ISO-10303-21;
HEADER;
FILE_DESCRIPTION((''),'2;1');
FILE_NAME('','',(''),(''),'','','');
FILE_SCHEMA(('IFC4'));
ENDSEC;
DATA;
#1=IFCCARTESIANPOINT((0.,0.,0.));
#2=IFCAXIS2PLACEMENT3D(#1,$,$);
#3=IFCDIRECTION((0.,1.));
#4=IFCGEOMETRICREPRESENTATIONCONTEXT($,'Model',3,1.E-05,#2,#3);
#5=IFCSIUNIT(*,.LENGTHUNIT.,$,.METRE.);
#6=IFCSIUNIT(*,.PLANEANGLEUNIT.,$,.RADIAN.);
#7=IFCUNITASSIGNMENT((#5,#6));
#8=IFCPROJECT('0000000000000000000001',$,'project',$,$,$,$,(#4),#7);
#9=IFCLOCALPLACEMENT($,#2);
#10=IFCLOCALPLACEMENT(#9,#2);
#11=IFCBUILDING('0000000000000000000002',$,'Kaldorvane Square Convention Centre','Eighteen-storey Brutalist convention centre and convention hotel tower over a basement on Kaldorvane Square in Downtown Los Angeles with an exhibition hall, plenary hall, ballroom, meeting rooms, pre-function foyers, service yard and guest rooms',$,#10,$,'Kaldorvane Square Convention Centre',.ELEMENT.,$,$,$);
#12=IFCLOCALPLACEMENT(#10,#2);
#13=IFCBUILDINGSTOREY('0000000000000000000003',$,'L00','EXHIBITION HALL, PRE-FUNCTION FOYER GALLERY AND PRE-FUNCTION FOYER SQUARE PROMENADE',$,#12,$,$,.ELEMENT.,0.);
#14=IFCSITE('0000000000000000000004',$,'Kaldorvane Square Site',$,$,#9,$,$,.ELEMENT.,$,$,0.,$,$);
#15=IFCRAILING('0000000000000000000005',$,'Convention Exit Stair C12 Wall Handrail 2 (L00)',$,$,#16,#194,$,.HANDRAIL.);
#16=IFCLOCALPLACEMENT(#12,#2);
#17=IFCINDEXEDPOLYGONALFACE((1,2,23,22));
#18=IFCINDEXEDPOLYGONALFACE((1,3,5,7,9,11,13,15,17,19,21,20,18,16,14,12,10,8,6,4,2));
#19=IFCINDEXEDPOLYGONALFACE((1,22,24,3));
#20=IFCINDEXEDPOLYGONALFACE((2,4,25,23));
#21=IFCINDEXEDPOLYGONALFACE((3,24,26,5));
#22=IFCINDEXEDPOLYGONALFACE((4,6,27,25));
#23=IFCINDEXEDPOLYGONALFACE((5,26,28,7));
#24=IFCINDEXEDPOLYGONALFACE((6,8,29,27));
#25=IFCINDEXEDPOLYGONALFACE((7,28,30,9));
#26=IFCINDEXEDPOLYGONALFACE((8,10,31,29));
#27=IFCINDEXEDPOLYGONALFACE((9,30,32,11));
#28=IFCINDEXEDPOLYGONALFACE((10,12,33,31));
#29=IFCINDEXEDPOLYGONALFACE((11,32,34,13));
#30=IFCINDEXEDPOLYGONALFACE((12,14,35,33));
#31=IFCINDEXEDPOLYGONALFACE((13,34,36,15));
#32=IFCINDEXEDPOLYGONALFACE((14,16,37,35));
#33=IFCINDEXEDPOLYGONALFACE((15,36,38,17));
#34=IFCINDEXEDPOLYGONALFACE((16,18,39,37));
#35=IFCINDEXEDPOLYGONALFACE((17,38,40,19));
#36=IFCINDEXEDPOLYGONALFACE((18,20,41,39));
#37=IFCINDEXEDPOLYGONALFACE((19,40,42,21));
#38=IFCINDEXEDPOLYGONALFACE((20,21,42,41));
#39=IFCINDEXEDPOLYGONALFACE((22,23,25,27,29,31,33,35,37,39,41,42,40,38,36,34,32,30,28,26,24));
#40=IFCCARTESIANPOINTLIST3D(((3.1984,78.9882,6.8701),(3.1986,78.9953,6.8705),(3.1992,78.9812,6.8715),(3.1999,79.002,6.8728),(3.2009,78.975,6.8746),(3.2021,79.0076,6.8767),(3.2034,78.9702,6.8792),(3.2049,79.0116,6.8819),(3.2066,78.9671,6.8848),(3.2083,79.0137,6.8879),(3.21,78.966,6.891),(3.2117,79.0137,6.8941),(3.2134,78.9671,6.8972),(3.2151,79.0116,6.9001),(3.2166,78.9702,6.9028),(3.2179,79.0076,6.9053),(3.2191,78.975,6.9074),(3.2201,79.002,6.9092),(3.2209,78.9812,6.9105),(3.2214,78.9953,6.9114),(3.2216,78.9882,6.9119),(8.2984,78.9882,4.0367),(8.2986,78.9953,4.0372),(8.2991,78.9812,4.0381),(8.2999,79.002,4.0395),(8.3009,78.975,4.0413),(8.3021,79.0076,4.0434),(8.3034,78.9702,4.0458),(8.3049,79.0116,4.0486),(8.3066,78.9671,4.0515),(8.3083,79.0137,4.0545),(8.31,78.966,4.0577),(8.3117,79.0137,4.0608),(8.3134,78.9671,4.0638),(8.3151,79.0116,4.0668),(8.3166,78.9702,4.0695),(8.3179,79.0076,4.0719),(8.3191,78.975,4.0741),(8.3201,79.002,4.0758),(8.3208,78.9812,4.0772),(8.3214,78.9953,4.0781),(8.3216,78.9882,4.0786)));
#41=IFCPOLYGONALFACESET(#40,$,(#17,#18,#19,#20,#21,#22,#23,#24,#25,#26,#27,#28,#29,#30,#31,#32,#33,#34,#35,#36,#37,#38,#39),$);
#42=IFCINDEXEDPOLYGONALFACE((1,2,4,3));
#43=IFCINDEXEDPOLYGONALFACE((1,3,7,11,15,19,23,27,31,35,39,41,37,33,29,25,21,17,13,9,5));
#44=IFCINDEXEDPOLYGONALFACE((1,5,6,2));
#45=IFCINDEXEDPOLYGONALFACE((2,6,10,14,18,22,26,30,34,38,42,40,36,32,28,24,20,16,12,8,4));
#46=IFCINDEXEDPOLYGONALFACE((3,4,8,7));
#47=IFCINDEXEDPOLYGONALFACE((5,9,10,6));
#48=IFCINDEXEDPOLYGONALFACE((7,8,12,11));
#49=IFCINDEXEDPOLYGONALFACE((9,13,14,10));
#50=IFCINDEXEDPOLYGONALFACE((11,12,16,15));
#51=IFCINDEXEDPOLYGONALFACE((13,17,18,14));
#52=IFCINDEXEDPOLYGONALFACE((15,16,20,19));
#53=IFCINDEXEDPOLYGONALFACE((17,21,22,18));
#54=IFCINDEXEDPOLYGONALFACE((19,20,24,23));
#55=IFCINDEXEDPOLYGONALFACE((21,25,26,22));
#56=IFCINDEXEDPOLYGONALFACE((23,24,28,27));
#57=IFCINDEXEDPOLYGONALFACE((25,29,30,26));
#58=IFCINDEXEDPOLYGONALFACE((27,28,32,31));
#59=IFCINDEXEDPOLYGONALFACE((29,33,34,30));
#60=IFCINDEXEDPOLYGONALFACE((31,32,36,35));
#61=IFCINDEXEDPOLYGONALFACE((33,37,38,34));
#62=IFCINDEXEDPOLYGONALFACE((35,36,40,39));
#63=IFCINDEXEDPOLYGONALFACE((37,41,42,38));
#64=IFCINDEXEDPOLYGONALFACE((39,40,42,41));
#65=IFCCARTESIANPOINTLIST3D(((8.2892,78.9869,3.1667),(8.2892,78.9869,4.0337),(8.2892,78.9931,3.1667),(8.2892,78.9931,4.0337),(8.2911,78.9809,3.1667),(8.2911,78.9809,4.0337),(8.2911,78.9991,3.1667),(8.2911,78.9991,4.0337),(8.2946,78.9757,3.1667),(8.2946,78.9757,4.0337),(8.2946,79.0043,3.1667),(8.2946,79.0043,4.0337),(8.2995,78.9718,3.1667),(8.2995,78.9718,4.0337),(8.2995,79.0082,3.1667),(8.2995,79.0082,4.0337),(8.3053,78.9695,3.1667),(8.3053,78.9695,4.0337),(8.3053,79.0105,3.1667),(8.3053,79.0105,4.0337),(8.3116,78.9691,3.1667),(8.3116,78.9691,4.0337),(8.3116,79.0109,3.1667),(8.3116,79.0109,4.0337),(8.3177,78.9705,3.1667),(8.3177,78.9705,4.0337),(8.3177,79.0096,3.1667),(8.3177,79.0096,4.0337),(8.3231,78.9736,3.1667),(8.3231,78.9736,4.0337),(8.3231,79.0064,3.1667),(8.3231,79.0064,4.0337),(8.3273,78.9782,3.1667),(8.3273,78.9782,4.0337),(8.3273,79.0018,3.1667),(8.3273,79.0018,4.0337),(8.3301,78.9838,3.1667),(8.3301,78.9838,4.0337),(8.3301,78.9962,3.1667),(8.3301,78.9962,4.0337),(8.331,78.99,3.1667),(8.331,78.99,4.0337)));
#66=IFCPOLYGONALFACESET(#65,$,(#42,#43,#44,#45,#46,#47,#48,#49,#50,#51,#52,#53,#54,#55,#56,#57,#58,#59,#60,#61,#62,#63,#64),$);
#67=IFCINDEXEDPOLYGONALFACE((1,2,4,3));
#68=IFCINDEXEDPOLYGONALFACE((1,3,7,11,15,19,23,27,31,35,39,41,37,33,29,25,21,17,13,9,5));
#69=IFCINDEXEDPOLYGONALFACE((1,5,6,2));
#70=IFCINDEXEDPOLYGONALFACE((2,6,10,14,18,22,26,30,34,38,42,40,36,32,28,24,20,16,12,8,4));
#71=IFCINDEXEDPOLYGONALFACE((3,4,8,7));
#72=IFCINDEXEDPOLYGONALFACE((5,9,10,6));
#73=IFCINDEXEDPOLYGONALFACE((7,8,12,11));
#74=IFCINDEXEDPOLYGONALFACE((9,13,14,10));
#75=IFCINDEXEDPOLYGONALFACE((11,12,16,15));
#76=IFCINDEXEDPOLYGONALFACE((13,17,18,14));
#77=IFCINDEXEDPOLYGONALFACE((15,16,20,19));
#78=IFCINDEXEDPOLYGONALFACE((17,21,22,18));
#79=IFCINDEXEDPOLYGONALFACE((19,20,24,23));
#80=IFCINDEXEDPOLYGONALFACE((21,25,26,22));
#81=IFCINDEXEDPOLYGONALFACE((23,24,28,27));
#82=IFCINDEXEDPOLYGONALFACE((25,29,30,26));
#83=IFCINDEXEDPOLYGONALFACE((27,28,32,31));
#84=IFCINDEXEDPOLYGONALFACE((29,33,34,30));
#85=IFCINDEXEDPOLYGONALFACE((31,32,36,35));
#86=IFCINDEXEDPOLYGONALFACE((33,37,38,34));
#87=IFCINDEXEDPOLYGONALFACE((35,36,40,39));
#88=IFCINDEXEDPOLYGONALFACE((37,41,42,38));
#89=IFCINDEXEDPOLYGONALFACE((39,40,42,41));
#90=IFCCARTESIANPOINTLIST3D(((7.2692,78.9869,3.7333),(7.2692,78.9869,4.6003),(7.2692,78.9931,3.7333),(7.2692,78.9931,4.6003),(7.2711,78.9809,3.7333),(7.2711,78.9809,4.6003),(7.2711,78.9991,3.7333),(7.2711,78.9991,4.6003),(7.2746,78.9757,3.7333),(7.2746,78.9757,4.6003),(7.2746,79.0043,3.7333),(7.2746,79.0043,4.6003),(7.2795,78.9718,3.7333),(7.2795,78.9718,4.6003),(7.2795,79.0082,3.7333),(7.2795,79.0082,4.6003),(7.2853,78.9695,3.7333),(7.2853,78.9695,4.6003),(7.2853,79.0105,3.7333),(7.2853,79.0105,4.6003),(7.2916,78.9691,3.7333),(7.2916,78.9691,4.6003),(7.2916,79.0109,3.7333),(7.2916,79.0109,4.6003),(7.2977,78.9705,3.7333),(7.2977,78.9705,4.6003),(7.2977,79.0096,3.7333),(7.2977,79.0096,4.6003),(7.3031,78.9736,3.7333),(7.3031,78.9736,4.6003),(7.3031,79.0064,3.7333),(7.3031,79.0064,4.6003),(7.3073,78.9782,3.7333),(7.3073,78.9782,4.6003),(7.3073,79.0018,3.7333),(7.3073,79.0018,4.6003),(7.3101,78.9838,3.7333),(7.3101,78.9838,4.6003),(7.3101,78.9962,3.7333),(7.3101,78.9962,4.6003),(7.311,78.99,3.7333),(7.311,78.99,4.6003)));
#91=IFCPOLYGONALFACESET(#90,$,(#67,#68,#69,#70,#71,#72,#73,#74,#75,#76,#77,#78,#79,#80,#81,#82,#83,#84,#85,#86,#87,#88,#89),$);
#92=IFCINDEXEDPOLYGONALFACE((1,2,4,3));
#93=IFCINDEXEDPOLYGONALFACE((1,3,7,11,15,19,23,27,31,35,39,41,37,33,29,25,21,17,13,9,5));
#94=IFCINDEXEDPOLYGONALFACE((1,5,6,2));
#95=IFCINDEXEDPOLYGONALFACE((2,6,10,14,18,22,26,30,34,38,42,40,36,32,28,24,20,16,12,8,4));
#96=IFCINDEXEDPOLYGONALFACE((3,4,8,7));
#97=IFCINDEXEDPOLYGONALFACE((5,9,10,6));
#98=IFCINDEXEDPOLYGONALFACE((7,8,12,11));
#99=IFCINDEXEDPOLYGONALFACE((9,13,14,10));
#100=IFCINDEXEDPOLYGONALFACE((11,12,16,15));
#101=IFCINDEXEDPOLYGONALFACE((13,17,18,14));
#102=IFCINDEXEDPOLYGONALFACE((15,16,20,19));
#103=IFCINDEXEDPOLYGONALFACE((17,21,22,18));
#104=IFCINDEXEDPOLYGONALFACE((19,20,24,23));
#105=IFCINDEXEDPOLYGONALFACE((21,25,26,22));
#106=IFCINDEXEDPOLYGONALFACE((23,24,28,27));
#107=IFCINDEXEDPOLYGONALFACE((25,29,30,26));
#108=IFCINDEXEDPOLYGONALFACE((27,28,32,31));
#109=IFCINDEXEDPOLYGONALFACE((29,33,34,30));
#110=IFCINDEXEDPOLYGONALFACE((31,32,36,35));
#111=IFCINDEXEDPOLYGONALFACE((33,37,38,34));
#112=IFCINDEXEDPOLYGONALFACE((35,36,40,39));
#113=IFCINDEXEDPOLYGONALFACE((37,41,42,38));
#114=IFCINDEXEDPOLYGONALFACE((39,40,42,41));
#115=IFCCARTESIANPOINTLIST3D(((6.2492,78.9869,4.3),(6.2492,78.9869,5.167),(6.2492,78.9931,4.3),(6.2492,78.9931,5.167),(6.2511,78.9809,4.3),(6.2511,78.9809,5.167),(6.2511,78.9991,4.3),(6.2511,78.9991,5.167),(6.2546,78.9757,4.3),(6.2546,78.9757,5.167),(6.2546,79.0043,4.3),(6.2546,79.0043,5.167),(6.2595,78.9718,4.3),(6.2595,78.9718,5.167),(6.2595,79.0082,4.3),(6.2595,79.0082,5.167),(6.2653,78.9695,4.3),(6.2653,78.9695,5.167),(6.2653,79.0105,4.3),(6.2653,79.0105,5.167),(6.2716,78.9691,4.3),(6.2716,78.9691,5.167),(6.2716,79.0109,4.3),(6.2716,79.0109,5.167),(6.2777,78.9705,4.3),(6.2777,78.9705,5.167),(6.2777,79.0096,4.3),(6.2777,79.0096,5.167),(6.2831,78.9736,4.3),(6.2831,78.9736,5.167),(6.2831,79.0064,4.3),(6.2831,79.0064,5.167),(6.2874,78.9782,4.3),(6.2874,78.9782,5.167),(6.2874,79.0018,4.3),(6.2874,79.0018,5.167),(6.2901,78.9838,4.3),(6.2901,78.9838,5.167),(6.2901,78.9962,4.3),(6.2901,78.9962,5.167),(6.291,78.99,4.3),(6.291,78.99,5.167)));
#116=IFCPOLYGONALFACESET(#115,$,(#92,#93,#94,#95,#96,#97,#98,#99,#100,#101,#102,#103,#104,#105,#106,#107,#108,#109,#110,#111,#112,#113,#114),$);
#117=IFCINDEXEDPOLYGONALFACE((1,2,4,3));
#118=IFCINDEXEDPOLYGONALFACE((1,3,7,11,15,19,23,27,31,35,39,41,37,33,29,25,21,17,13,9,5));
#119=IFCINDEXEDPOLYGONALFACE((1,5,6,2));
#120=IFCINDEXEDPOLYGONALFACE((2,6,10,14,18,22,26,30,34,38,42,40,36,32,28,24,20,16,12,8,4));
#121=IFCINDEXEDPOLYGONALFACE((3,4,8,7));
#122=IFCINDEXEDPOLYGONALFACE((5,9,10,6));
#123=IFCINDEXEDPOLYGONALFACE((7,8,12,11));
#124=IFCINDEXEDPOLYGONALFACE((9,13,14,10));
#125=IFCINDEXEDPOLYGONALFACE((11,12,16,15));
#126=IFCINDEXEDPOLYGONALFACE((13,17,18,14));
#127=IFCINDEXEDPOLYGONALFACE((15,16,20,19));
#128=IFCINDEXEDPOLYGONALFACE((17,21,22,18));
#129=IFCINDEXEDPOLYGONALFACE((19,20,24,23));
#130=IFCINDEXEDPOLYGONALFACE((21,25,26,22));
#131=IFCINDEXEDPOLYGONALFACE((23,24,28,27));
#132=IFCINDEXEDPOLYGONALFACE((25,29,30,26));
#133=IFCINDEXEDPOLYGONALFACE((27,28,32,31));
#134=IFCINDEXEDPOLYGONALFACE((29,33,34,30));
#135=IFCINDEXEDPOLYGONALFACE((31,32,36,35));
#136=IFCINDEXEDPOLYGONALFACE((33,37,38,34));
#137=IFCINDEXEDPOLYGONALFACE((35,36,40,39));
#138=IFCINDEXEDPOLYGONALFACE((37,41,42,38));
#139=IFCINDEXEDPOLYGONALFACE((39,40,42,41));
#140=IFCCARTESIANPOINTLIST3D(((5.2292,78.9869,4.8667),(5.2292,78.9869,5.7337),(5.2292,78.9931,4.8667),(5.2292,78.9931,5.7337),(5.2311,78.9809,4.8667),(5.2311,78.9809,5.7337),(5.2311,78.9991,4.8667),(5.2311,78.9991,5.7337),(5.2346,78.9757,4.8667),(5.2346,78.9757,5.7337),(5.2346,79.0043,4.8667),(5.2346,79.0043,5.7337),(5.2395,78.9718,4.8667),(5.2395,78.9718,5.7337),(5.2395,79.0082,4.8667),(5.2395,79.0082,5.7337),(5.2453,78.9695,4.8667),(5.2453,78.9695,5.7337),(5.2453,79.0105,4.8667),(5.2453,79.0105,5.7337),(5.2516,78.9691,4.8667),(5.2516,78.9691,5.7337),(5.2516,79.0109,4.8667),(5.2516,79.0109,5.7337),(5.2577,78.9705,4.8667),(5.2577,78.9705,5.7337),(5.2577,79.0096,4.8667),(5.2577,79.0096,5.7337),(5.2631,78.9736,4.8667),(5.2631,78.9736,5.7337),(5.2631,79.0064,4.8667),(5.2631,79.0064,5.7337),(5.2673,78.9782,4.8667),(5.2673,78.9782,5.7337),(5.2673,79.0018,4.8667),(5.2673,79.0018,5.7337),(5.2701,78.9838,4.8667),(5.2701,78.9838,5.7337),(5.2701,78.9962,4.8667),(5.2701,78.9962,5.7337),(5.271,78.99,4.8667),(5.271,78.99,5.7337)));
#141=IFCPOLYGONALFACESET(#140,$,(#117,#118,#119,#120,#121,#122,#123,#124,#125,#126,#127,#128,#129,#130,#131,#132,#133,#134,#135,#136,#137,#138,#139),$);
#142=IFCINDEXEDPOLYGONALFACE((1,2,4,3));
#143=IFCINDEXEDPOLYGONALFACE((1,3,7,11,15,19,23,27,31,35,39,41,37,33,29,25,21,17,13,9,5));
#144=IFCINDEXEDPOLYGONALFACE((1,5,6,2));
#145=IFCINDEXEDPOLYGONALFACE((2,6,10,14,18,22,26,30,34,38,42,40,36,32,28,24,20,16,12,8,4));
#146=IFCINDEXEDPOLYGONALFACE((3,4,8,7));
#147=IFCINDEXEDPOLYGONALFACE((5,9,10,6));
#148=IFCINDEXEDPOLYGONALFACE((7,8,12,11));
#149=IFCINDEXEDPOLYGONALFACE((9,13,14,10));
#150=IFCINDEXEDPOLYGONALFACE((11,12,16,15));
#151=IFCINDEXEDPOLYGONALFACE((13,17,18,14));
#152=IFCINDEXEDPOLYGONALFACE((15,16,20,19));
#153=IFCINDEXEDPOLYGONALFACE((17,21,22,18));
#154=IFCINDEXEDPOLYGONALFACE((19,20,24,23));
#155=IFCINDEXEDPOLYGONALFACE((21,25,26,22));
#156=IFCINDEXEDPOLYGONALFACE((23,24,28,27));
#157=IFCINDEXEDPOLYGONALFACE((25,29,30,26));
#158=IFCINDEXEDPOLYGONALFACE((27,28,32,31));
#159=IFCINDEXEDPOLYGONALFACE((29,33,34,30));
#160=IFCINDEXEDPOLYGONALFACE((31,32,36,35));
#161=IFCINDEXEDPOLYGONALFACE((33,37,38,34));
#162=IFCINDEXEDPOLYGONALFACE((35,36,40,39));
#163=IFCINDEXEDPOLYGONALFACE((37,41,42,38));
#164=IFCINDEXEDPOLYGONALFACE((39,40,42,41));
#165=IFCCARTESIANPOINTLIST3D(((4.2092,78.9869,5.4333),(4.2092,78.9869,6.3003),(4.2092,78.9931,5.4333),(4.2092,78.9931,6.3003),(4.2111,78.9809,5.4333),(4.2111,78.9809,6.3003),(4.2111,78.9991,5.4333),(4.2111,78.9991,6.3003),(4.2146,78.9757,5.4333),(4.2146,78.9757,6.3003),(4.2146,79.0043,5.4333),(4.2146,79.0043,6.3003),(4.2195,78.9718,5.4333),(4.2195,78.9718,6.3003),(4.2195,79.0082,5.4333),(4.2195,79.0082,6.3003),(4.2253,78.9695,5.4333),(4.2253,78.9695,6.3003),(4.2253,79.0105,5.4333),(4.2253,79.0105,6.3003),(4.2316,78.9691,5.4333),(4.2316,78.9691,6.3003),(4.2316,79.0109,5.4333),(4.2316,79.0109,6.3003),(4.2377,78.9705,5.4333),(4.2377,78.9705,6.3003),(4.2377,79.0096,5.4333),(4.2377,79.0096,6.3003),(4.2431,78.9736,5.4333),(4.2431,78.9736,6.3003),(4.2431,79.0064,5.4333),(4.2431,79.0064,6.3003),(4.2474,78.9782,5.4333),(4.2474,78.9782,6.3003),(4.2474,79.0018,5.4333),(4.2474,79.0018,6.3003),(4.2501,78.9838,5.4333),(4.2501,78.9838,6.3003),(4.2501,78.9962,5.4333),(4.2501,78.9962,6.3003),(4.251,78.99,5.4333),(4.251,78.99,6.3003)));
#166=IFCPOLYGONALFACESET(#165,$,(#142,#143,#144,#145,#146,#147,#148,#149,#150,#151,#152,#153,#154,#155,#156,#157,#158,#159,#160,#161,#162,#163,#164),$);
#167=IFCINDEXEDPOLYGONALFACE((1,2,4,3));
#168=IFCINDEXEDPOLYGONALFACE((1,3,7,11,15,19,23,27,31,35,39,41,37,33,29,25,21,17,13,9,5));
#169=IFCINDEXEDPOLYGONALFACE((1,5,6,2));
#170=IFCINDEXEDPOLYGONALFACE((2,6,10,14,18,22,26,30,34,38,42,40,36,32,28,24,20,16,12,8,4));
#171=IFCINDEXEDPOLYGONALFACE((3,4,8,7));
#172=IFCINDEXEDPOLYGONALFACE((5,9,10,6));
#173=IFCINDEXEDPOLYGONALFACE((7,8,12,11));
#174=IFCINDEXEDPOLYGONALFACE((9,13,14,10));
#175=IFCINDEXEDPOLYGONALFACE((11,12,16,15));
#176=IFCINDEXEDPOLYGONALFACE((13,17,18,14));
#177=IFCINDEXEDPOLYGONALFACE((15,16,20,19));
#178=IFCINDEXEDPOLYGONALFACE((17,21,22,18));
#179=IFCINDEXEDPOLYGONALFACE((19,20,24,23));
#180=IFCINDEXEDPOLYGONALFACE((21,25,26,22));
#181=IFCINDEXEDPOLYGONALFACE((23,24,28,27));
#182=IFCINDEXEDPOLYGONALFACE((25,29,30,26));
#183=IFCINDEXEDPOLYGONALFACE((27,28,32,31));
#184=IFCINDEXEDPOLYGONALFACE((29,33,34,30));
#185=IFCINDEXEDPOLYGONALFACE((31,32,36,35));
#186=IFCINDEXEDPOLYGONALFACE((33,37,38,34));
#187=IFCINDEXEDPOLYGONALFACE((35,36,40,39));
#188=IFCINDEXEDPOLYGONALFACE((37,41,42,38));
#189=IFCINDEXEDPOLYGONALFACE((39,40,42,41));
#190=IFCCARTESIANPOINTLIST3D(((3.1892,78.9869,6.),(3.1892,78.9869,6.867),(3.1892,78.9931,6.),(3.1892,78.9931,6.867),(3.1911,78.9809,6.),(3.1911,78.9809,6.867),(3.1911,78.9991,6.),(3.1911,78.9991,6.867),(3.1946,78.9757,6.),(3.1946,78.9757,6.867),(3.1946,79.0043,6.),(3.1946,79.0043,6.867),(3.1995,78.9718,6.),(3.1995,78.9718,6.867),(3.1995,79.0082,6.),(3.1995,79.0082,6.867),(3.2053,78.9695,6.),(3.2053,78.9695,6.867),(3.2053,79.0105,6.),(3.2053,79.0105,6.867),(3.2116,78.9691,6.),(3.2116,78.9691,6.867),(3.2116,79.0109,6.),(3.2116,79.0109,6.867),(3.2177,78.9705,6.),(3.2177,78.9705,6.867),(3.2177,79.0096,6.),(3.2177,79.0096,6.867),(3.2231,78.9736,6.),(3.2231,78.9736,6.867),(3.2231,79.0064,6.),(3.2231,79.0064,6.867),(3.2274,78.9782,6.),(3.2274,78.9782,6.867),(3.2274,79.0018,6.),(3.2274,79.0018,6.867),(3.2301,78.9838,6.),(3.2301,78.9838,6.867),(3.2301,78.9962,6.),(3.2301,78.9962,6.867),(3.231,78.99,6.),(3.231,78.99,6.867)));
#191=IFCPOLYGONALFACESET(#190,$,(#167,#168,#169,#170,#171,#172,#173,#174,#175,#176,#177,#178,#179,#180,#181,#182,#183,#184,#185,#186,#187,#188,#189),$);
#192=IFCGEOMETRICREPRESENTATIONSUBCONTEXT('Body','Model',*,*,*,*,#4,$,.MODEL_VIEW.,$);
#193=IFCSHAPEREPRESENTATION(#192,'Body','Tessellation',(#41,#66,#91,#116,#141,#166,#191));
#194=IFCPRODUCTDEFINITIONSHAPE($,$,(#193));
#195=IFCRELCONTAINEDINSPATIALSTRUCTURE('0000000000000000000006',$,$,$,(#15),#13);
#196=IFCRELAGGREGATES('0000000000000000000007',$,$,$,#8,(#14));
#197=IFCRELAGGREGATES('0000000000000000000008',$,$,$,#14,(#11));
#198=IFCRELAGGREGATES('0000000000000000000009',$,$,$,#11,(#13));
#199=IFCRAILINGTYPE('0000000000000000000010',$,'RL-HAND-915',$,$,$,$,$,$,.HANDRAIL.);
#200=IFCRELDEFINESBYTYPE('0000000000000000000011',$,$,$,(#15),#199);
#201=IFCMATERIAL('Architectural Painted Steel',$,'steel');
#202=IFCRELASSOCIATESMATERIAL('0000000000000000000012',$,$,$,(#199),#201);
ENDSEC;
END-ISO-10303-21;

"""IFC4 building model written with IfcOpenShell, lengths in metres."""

from ifc_helpers import new_model, si_unit, direction, frame, origin, origin_2d, place, context, subcontext, project, spatial, circle, extrude, material, type_object, element, save


model = new_model("IFC4")

# Units and contexts
model_context = context("Model", 3, precision=1e-05, world=origin(), true_north=direction((0.0, 1.0)))
body_context = subcontext(model_context, "Body", "Model", "MODEL_VIEW")
ifc_project = project(units=[si_unit("LENGTHUNIT", "METRE"), si_unit("PLANEANGLEUNIT", "RADIAN")], contexts=[model_context])

# Site, building, storey
site_placement = place(None, origin())
site = spatial("IfcSite", under=ifc_project, at=site_placement, Name="Kaldorvane Square Site", CompositionType="ELEMENT", RefElevation=0.0)
building_placement = place(site_placement, origin())
building = spatial("IfcBuilding", under=site, at=building_placement, Name="Kaldorvane Square Convention Centre", Description="Eighteen-storey Brutalist convention centre and convention hotel tower over a basement on Kaldorvane Square in Downtown Los Angeles with an exhibition hall, plenary hall, ballroom, meeting rooms, pre-function foyers, service yard and guest rooms", LongName="Kaldorvane Square Convention Centre", CompositionType="ELEMENT")
storey_placement = place(building_placement, origin())
storey = spatial("IfcBuildingStorey", under=building, at=storey_placement, Name="L00", Description="EXHIBITION HALL, PRE-FUNCTION FOYER GALLERY AND PRE-FUNCTION FOYER SQUARE PROMENADE", CompositionType="ELEMENT", Elevation=0.0)

# Railing
ifc_material_1 = material(Name="Architectural Painted Steel", Category="steel")
railing_type_1 = type_object("IfcRailingType", Name="RL-HAND-915", PredefinedType="HANDRAIL", material=ifc_material_1)
railing_1_placement = place(storey_placement, frame((8.31, 78.99, 3.1667)))
element("IfcRailing", 1, at=railing_1_placement, inside=storey, type_object=railing_type_1, Name="Convention Exit Stair C12 Wall Handrail 2 (L00)", PredefinedType="HANDRAIL", context=body_context, shape_type="SweptSolid", body=[
    extrude(circle(Radius=0.024, at=origin_2d()), frame((0.0, 0.0, 0.891), z_axis=(-0.874157, 0.0, 0.485643), x_axis=(0.0, -1.0, 0.0)), (0.0, 0.0, 1.0), 5.8342),
    extrude(circle(Radius=0.021, at=origin_2d()), origin(), (0.0, 0.0, 1.0), 0.867),
    extrude(circle(Radius=0.021, at=origin_2d()), frame((-1.02, 0.0, 0.5667)), (0.0, 0.0, 1.0), 0.867),
    extrude(circle(Radius=0.021, at=origin_2d()), frame((-2.04, 0.0, 1.1333)), (0.0, 0.0, 1.0), 0.867),
    extrude(circle(Radius=0.021, at=origin_2d()), frame((-3.06, 0.0, 1.7)), (0.0, 0.0, 1.0), 0.867),
    extrude(circle(Radius=0.021, at=origin_2d()), frame((-4.08, 0.0, 2.2667)), (0.0, 0.0, 1.0), 0.867),
    extrude(circle(Radius=0.021, at=origin_2d()), frame((-5.1, 0.0, 2.8333)), (0.0, 0.0, 1.0), 0.867),
])

save(model, "model.ifc")
